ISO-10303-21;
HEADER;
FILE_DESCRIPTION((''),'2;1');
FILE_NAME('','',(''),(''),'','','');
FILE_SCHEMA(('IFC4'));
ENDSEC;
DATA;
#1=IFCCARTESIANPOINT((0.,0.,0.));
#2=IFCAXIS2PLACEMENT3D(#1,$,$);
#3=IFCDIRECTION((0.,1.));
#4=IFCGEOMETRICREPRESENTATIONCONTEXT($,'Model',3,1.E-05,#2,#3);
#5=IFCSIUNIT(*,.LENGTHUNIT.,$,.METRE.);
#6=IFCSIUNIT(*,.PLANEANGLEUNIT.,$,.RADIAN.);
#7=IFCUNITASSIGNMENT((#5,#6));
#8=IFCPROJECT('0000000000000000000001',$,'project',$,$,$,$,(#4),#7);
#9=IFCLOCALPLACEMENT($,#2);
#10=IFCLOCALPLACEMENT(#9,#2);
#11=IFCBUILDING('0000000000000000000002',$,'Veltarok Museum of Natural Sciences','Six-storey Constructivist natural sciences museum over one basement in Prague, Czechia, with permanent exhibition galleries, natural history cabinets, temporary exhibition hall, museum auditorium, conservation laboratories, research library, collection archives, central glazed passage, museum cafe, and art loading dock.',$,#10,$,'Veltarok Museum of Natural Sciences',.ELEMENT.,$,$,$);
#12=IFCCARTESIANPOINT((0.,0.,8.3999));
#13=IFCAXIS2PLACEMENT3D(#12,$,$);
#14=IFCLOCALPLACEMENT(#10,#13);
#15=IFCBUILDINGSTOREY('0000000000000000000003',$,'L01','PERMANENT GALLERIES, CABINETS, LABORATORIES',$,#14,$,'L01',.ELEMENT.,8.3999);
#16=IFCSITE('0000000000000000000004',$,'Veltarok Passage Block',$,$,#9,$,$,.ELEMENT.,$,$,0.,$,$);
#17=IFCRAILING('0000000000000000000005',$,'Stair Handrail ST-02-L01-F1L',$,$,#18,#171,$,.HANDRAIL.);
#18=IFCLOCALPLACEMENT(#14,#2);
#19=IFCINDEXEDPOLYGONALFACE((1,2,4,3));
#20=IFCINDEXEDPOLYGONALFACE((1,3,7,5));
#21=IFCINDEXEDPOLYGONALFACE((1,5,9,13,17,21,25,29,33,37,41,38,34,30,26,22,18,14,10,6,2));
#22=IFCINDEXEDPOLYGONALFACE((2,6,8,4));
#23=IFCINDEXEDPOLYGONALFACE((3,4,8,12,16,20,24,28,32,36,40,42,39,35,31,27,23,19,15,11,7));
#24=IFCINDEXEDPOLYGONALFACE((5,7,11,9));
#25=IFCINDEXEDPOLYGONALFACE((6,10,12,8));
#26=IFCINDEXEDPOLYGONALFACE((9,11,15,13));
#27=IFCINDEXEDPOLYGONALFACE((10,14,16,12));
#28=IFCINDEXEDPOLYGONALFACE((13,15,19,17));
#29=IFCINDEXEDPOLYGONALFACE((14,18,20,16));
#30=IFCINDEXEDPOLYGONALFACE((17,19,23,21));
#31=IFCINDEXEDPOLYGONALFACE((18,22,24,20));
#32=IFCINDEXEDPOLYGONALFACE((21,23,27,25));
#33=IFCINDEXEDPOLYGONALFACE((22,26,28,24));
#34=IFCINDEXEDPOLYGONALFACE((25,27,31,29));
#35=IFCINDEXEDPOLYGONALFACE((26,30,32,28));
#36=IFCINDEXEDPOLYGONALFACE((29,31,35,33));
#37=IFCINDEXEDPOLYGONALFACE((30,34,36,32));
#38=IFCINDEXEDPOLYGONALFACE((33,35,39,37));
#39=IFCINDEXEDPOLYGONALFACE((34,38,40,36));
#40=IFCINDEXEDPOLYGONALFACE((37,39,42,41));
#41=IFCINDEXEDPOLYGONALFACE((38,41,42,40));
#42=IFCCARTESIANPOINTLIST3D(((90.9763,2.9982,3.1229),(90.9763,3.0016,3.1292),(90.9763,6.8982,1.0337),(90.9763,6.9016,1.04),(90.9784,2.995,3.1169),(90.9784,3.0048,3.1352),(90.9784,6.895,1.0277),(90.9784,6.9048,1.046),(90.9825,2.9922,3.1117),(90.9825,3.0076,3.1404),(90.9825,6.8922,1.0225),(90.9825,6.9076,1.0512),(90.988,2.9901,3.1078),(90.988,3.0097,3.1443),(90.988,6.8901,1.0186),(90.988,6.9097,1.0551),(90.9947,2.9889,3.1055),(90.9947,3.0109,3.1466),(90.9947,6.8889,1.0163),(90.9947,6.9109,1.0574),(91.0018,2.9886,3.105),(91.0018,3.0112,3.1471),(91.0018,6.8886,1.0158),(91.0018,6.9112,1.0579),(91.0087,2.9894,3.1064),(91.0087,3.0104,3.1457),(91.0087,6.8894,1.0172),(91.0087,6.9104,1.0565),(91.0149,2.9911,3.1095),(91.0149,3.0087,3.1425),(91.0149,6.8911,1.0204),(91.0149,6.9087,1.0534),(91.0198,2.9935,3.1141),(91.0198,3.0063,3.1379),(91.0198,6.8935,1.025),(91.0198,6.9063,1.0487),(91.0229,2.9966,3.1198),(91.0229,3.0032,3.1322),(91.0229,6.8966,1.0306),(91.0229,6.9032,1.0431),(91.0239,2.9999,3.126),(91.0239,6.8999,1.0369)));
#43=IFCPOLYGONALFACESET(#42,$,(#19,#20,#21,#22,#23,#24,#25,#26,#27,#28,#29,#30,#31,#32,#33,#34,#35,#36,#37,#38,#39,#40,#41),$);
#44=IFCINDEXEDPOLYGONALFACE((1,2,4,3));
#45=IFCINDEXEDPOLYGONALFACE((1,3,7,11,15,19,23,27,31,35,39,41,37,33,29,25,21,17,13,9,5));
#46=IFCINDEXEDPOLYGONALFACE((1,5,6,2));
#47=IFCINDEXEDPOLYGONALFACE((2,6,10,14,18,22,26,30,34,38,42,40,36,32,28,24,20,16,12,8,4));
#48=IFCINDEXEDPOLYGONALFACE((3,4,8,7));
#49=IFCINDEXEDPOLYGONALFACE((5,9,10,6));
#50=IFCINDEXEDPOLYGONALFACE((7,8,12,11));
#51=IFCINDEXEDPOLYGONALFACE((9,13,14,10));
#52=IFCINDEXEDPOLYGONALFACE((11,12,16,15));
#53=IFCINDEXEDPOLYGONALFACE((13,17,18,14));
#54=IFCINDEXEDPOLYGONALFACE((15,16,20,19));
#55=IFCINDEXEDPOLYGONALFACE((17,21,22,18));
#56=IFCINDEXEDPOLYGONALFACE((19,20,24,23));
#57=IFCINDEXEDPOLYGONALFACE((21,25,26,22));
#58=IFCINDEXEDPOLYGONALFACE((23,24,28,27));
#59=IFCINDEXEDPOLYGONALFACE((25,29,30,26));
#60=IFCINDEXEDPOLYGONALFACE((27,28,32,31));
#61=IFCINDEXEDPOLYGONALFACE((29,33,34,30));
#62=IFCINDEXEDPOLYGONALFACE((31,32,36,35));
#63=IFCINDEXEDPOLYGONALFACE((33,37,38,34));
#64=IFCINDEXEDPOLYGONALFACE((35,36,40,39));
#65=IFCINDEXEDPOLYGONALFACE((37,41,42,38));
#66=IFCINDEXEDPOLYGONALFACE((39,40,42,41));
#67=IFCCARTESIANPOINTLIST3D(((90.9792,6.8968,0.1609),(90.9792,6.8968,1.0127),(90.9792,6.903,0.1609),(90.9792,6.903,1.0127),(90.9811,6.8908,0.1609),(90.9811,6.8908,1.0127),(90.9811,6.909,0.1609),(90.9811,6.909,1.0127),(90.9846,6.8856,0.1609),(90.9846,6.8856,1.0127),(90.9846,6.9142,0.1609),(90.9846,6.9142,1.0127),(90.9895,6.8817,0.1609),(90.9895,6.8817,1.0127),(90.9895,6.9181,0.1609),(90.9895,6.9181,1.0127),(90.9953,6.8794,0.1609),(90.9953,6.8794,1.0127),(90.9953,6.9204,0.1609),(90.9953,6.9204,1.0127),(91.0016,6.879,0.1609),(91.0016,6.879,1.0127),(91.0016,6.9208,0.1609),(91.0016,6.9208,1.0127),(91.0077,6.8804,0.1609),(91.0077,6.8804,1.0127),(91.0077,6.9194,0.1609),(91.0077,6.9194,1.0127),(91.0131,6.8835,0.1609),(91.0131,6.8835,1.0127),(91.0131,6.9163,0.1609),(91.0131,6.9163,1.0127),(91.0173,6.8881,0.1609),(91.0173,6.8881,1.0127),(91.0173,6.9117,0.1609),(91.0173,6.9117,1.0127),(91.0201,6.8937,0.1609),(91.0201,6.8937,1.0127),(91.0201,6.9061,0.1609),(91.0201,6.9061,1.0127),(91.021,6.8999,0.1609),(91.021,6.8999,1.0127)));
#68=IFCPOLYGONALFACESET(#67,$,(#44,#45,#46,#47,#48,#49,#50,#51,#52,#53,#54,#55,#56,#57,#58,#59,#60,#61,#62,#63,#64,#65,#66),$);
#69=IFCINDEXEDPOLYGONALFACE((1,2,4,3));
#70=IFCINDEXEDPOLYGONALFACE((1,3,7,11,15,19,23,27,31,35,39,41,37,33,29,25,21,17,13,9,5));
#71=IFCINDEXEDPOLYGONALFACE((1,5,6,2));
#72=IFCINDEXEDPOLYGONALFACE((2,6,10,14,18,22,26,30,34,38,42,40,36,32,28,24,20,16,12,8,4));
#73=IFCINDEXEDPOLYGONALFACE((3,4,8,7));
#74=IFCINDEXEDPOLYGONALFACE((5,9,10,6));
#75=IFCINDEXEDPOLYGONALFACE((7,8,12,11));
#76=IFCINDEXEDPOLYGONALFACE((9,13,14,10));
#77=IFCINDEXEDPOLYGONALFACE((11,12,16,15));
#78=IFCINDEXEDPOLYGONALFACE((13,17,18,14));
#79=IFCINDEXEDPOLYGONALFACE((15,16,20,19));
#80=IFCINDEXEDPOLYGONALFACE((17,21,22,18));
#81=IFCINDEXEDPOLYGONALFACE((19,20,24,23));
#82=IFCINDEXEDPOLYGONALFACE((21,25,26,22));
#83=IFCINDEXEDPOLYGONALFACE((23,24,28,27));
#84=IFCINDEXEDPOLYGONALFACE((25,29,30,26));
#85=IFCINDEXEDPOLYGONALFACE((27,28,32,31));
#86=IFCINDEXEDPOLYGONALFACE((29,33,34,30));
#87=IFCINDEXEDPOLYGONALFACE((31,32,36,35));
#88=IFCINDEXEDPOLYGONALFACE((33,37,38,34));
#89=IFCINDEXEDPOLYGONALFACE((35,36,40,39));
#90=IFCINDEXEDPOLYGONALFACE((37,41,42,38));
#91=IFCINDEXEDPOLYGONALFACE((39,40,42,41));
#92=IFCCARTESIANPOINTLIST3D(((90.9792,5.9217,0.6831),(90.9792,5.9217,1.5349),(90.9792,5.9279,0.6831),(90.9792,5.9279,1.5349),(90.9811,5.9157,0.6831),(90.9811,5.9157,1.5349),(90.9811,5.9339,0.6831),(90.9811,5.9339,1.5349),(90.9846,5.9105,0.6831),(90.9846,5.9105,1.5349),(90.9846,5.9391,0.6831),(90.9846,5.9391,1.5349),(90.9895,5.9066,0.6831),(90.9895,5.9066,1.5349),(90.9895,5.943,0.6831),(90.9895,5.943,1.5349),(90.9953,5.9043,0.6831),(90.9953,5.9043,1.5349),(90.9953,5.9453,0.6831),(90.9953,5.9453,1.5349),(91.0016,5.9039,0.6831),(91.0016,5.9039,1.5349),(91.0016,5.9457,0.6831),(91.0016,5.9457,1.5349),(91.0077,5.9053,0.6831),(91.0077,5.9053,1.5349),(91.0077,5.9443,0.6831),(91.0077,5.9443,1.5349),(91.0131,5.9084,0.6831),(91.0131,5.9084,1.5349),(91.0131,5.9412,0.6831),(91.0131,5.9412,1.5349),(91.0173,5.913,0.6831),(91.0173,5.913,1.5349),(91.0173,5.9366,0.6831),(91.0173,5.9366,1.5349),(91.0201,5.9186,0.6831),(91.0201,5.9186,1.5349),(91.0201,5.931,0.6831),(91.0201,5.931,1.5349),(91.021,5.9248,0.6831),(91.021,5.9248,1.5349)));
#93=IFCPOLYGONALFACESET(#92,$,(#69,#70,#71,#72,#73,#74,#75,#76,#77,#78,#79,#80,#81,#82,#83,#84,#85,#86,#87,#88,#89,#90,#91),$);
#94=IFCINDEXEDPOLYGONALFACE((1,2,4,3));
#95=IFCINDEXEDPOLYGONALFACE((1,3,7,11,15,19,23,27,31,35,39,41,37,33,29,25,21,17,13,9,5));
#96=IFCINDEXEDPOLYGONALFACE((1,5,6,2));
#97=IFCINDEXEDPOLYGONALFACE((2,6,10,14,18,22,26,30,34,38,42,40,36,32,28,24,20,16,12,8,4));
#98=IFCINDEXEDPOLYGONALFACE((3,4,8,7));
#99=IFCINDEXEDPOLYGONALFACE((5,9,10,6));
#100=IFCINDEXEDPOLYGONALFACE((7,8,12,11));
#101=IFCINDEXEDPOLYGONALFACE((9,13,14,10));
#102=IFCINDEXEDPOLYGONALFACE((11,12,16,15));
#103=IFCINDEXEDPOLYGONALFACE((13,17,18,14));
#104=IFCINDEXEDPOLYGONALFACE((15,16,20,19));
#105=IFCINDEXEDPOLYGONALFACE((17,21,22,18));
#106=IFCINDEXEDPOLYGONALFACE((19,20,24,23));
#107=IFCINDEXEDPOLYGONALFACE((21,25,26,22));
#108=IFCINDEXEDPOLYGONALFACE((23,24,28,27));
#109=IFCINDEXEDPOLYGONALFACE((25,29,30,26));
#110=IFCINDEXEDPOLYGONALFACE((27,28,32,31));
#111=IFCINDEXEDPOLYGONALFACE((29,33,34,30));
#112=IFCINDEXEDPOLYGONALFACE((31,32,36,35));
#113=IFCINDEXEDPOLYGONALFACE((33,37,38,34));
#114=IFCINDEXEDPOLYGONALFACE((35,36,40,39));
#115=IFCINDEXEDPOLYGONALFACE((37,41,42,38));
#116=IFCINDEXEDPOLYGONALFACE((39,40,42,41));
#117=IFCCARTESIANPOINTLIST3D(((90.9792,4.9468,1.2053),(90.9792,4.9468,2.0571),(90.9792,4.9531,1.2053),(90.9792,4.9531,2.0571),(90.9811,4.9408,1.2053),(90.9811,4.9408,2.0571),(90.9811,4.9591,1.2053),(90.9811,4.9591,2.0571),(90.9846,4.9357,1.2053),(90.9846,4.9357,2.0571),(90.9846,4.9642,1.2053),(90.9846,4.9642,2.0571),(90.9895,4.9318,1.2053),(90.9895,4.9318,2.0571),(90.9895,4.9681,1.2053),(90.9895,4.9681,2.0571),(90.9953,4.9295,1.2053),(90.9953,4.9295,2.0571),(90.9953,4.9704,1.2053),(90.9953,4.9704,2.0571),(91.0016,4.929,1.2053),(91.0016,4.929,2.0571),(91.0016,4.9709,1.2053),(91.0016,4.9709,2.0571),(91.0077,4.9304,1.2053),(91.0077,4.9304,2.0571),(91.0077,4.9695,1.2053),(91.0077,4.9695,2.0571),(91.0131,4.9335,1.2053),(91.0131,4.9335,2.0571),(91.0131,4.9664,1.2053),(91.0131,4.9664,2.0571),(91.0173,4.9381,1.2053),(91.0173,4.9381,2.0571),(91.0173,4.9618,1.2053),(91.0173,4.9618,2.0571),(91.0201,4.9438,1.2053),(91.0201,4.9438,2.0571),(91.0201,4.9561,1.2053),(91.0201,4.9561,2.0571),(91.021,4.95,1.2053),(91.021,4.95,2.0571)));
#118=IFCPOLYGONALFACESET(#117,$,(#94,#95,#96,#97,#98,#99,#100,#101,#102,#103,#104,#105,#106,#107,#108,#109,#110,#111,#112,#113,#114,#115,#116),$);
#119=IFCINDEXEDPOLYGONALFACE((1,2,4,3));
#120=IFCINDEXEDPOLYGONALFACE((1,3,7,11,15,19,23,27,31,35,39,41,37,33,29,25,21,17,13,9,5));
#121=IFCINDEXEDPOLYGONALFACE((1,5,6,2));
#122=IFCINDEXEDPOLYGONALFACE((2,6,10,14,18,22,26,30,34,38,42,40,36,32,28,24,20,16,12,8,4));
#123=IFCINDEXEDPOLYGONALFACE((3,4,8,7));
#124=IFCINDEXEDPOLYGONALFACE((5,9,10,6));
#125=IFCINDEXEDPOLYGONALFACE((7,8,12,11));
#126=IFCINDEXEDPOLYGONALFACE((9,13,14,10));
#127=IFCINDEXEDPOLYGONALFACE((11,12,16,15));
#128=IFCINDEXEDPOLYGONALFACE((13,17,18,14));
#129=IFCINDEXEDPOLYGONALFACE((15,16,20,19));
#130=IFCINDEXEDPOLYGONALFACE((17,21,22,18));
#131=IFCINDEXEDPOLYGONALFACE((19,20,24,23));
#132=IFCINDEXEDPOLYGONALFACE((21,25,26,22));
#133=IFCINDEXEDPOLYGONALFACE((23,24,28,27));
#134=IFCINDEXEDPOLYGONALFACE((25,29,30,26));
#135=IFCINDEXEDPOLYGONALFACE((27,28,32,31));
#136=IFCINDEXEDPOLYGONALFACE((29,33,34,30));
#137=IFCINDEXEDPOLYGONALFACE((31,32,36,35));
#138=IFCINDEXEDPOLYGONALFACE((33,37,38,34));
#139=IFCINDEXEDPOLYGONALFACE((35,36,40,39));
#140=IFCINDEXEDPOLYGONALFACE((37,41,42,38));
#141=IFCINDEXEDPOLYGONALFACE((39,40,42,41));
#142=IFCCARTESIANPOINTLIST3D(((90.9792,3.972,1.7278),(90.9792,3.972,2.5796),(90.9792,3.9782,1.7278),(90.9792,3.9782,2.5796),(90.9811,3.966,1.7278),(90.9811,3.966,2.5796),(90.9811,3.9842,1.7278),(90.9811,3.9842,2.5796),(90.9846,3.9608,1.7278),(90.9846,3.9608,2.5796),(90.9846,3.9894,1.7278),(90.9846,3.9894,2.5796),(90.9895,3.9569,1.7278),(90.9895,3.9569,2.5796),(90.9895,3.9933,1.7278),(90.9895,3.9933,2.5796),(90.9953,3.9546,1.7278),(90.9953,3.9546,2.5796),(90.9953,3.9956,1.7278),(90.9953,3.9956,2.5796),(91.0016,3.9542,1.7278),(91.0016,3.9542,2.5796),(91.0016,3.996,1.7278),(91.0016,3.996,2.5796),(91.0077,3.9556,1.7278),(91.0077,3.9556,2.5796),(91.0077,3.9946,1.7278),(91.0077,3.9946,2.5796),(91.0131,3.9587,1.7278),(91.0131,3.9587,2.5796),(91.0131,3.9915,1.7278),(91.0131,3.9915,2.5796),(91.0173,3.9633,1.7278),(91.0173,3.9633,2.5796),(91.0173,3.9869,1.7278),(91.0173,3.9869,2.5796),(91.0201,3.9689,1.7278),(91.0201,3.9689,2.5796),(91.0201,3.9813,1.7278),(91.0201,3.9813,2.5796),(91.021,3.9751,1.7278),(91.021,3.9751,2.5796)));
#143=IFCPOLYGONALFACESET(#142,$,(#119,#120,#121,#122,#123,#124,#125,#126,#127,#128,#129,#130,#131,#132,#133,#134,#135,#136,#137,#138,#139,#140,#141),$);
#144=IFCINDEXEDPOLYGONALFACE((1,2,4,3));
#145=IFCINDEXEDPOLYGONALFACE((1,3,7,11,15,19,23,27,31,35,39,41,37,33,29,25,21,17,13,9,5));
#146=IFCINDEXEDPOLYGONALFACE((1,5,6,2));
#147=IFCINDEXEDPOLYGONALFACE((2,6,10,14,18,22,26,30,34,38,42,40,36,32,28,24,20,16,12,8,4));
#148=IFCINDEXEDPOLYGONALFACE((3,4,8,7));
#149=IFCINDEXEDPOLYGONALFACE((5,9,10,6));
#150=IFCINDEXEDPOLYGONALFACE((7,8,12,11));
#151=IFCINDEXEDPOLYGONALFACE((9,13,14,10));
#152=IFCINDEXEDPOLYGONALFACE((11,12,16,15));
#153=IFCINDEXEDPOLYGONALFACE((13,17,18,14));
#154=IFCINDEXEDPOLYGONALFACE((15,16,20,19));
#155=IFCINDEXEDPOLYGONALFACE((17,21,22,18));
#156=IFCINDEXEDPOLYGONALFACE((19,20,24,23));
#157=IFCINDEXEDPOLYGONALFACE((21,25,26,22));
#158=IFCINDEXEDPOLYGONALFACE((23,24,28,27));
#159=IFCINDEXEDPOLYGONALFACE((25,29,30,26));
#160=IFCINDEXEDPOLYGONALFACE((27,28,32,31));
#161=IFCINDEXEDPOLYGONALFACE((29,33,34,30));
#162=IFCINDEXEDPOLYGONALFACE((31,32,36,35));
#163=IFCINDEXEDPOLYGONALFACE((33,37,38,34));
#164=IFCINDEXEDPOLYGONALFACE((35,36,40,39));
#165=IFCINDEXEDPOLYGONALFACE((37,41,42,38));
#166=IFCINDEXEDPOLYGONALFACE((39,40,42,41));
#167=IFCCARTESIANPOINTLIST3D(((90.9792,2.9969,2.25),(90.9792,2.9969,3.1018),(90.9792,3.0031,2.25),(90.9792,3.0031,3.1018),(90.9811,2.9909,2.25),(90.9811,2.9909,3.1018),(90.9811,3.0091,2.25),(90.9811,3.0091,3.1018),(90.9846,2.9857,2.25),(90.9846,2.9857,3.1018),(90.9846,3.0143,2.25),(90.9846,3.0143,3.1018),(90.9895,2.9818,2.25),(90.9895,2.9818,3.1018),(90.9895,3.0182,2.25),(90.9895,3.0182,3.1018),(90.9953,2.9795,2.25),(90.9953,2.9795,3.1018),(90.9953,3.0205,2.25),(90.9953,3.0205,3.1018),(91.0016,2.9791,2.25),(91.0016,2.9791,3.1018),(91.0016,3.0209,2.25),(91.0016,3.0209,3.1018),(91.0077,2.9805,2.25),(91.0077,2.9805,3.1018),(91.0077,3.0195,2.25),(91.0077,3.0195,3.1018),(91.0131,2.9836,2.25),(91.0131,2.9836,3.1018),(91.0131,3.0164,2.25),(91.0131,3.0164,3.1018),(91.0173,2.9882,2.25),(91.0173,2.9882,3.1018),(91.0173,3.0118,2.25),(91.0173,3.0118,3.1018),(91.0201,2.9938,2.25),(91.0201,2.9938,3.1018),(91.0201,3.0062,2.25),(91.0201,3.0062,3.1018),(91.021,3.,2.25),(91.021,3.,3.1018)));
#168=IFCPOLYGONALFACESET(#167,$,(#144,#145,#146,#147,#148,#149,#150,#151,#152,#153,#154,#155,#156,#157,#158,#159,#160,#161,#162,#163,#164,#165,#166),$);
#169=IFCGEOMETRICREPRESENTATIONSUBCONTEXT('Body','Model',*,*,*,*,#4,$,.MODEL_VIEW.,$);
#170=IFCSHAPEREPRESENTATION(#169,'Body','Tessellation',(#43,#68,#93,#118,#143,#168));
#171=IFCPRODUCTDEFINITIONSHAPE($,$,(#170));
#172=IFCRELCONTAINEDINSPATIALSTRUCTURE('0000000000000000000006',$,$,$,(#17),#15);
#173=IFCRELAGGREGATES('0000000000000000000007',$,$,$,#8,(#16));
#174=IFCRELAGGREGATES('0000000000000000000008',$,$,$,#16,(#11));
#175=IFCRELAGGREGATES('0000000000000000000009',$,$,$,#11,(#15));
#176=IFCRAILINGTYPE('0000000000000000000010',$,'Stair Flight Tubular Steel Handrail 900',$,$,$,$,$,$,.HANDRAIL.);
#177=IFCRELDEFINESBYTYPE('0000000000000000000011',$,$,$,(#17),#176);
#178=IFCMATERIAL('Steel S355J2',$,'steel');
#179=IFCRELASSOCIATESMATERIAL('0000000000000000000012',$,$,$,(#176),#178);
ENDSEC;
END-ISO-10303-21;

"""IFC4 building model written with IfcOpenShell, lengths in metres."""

from ifc_helpers import new_model, si_unit, direction, frame, origin, origin_2d, place, context, subcontext, project, spatial, circle, extrude, material, type_object, element, save


model = new_model("IFC4")

# Units and contexts
model_context = context("Model", 3, precision=1e-05, world=origin(), true_north=direction((0.0, 1.0)))
body_context = subcontext(model_context, "Body", "Model", "MODEL_VIEW")
ifc_project = project(units=[si_unit("LENGTHUNIT", "METRE"), si_unit("PLANEANGLEUNIT", "RADIAN")], contexts=[model_context])

# Site, building, storey
site_placement = place(None, origin())
site = spatial("IfcSite", under=ifc_project, at=site_placement, Name="Veltarok Passage Block", CompositionType="ELEMENT", RefElevation=0.0)
building_placement = place(site_placement, origin())
building = spatial("IfcBuilding", under=site, at=building_placement, Name="Veltarok Museum of Natural Sciences", Description="Six-storey Constructivist natural sciences museum over one basement in Prague, Czechia, with permanent exhibition galleries, natural history cabinets, temporary exhibition hall, museum auditorium, conservation laboratories, research library, collection archives, central glazed passage, museum cafe, and art loading dock.", LongName="Veltarok Museum of Natural Sciences", CompositionType="ELEMENT")
storey_placement = place(building_placement, frame((0.0, 0.0, 8.3999)))
storey = spatial("IfcBuildingStorey", under=building, at=storey_placement, Name="L01", Description="PERMANENT GALLERIES, CABINETS, LABORATORIES", LongName="L01", CompositionType="ELEMENT", Elevation=8.3999)

# Shared definitions
ifc_material_1 = material(Name="Steel S355J2", Category="steel")

# Railing
railing_type_1 = type_object("IfcRailingType", Name="Stair Flight Tubular Steel Handrail 900", PredefinedType="HANDRAIL", material=ifc_material_1)
for number, where, name in (
    (1, (91.0, 6.8999, 0.1609), "Stair Handrail ST-02-L01-F1L"),
):
    element("IfcRailing", number, at=place(storey_placement, frame(where)), inside=storey, type_object=railing_type_1, Name=name, PredefinedType="HANDRAIL", context=body_context, shape_type="SweptSolid", body=[
        extrude(circle(Radius=0.0239, at=origin_2d()), frame((0.0, 0.0, 0.876), z_axis=(0.0, -0.881491, 0.4722), x_axis=(1.0, 0.0, 0.0)), (0.0, 0.0, 1.0), 4.4243),
        extrude(circle(Radius=0.021, at=origin_2d()), origin(), (0.0, 0.0, 1.0), 0.8518),
        extrude(circle(Radius=0.021, at=origin_2d()), frame((0.0, -0.9751, 0.5222)), (0.0, 0.0, 1.0), 0.8518),
        extrude(circle(Radius=0.021, at=origin_2d()), frame((0.0, -1.95, 1.0444)), (0.0, 0.0, 1.0), 0.8518),
        extrude(circle(Radius=0.021, at=origin_2d()), frame((0.0, -2.9248, 1.5669)), (0.0, 0.0, 1.0), 0.8518),
        extrude(circle(Radius=0.021, at=origin_2d()), frame((0.0, -3.8999, 2.0891)), (0.0, 0.0, 1.0), 0.8518),
    ])

save(model, "model.ifc")
